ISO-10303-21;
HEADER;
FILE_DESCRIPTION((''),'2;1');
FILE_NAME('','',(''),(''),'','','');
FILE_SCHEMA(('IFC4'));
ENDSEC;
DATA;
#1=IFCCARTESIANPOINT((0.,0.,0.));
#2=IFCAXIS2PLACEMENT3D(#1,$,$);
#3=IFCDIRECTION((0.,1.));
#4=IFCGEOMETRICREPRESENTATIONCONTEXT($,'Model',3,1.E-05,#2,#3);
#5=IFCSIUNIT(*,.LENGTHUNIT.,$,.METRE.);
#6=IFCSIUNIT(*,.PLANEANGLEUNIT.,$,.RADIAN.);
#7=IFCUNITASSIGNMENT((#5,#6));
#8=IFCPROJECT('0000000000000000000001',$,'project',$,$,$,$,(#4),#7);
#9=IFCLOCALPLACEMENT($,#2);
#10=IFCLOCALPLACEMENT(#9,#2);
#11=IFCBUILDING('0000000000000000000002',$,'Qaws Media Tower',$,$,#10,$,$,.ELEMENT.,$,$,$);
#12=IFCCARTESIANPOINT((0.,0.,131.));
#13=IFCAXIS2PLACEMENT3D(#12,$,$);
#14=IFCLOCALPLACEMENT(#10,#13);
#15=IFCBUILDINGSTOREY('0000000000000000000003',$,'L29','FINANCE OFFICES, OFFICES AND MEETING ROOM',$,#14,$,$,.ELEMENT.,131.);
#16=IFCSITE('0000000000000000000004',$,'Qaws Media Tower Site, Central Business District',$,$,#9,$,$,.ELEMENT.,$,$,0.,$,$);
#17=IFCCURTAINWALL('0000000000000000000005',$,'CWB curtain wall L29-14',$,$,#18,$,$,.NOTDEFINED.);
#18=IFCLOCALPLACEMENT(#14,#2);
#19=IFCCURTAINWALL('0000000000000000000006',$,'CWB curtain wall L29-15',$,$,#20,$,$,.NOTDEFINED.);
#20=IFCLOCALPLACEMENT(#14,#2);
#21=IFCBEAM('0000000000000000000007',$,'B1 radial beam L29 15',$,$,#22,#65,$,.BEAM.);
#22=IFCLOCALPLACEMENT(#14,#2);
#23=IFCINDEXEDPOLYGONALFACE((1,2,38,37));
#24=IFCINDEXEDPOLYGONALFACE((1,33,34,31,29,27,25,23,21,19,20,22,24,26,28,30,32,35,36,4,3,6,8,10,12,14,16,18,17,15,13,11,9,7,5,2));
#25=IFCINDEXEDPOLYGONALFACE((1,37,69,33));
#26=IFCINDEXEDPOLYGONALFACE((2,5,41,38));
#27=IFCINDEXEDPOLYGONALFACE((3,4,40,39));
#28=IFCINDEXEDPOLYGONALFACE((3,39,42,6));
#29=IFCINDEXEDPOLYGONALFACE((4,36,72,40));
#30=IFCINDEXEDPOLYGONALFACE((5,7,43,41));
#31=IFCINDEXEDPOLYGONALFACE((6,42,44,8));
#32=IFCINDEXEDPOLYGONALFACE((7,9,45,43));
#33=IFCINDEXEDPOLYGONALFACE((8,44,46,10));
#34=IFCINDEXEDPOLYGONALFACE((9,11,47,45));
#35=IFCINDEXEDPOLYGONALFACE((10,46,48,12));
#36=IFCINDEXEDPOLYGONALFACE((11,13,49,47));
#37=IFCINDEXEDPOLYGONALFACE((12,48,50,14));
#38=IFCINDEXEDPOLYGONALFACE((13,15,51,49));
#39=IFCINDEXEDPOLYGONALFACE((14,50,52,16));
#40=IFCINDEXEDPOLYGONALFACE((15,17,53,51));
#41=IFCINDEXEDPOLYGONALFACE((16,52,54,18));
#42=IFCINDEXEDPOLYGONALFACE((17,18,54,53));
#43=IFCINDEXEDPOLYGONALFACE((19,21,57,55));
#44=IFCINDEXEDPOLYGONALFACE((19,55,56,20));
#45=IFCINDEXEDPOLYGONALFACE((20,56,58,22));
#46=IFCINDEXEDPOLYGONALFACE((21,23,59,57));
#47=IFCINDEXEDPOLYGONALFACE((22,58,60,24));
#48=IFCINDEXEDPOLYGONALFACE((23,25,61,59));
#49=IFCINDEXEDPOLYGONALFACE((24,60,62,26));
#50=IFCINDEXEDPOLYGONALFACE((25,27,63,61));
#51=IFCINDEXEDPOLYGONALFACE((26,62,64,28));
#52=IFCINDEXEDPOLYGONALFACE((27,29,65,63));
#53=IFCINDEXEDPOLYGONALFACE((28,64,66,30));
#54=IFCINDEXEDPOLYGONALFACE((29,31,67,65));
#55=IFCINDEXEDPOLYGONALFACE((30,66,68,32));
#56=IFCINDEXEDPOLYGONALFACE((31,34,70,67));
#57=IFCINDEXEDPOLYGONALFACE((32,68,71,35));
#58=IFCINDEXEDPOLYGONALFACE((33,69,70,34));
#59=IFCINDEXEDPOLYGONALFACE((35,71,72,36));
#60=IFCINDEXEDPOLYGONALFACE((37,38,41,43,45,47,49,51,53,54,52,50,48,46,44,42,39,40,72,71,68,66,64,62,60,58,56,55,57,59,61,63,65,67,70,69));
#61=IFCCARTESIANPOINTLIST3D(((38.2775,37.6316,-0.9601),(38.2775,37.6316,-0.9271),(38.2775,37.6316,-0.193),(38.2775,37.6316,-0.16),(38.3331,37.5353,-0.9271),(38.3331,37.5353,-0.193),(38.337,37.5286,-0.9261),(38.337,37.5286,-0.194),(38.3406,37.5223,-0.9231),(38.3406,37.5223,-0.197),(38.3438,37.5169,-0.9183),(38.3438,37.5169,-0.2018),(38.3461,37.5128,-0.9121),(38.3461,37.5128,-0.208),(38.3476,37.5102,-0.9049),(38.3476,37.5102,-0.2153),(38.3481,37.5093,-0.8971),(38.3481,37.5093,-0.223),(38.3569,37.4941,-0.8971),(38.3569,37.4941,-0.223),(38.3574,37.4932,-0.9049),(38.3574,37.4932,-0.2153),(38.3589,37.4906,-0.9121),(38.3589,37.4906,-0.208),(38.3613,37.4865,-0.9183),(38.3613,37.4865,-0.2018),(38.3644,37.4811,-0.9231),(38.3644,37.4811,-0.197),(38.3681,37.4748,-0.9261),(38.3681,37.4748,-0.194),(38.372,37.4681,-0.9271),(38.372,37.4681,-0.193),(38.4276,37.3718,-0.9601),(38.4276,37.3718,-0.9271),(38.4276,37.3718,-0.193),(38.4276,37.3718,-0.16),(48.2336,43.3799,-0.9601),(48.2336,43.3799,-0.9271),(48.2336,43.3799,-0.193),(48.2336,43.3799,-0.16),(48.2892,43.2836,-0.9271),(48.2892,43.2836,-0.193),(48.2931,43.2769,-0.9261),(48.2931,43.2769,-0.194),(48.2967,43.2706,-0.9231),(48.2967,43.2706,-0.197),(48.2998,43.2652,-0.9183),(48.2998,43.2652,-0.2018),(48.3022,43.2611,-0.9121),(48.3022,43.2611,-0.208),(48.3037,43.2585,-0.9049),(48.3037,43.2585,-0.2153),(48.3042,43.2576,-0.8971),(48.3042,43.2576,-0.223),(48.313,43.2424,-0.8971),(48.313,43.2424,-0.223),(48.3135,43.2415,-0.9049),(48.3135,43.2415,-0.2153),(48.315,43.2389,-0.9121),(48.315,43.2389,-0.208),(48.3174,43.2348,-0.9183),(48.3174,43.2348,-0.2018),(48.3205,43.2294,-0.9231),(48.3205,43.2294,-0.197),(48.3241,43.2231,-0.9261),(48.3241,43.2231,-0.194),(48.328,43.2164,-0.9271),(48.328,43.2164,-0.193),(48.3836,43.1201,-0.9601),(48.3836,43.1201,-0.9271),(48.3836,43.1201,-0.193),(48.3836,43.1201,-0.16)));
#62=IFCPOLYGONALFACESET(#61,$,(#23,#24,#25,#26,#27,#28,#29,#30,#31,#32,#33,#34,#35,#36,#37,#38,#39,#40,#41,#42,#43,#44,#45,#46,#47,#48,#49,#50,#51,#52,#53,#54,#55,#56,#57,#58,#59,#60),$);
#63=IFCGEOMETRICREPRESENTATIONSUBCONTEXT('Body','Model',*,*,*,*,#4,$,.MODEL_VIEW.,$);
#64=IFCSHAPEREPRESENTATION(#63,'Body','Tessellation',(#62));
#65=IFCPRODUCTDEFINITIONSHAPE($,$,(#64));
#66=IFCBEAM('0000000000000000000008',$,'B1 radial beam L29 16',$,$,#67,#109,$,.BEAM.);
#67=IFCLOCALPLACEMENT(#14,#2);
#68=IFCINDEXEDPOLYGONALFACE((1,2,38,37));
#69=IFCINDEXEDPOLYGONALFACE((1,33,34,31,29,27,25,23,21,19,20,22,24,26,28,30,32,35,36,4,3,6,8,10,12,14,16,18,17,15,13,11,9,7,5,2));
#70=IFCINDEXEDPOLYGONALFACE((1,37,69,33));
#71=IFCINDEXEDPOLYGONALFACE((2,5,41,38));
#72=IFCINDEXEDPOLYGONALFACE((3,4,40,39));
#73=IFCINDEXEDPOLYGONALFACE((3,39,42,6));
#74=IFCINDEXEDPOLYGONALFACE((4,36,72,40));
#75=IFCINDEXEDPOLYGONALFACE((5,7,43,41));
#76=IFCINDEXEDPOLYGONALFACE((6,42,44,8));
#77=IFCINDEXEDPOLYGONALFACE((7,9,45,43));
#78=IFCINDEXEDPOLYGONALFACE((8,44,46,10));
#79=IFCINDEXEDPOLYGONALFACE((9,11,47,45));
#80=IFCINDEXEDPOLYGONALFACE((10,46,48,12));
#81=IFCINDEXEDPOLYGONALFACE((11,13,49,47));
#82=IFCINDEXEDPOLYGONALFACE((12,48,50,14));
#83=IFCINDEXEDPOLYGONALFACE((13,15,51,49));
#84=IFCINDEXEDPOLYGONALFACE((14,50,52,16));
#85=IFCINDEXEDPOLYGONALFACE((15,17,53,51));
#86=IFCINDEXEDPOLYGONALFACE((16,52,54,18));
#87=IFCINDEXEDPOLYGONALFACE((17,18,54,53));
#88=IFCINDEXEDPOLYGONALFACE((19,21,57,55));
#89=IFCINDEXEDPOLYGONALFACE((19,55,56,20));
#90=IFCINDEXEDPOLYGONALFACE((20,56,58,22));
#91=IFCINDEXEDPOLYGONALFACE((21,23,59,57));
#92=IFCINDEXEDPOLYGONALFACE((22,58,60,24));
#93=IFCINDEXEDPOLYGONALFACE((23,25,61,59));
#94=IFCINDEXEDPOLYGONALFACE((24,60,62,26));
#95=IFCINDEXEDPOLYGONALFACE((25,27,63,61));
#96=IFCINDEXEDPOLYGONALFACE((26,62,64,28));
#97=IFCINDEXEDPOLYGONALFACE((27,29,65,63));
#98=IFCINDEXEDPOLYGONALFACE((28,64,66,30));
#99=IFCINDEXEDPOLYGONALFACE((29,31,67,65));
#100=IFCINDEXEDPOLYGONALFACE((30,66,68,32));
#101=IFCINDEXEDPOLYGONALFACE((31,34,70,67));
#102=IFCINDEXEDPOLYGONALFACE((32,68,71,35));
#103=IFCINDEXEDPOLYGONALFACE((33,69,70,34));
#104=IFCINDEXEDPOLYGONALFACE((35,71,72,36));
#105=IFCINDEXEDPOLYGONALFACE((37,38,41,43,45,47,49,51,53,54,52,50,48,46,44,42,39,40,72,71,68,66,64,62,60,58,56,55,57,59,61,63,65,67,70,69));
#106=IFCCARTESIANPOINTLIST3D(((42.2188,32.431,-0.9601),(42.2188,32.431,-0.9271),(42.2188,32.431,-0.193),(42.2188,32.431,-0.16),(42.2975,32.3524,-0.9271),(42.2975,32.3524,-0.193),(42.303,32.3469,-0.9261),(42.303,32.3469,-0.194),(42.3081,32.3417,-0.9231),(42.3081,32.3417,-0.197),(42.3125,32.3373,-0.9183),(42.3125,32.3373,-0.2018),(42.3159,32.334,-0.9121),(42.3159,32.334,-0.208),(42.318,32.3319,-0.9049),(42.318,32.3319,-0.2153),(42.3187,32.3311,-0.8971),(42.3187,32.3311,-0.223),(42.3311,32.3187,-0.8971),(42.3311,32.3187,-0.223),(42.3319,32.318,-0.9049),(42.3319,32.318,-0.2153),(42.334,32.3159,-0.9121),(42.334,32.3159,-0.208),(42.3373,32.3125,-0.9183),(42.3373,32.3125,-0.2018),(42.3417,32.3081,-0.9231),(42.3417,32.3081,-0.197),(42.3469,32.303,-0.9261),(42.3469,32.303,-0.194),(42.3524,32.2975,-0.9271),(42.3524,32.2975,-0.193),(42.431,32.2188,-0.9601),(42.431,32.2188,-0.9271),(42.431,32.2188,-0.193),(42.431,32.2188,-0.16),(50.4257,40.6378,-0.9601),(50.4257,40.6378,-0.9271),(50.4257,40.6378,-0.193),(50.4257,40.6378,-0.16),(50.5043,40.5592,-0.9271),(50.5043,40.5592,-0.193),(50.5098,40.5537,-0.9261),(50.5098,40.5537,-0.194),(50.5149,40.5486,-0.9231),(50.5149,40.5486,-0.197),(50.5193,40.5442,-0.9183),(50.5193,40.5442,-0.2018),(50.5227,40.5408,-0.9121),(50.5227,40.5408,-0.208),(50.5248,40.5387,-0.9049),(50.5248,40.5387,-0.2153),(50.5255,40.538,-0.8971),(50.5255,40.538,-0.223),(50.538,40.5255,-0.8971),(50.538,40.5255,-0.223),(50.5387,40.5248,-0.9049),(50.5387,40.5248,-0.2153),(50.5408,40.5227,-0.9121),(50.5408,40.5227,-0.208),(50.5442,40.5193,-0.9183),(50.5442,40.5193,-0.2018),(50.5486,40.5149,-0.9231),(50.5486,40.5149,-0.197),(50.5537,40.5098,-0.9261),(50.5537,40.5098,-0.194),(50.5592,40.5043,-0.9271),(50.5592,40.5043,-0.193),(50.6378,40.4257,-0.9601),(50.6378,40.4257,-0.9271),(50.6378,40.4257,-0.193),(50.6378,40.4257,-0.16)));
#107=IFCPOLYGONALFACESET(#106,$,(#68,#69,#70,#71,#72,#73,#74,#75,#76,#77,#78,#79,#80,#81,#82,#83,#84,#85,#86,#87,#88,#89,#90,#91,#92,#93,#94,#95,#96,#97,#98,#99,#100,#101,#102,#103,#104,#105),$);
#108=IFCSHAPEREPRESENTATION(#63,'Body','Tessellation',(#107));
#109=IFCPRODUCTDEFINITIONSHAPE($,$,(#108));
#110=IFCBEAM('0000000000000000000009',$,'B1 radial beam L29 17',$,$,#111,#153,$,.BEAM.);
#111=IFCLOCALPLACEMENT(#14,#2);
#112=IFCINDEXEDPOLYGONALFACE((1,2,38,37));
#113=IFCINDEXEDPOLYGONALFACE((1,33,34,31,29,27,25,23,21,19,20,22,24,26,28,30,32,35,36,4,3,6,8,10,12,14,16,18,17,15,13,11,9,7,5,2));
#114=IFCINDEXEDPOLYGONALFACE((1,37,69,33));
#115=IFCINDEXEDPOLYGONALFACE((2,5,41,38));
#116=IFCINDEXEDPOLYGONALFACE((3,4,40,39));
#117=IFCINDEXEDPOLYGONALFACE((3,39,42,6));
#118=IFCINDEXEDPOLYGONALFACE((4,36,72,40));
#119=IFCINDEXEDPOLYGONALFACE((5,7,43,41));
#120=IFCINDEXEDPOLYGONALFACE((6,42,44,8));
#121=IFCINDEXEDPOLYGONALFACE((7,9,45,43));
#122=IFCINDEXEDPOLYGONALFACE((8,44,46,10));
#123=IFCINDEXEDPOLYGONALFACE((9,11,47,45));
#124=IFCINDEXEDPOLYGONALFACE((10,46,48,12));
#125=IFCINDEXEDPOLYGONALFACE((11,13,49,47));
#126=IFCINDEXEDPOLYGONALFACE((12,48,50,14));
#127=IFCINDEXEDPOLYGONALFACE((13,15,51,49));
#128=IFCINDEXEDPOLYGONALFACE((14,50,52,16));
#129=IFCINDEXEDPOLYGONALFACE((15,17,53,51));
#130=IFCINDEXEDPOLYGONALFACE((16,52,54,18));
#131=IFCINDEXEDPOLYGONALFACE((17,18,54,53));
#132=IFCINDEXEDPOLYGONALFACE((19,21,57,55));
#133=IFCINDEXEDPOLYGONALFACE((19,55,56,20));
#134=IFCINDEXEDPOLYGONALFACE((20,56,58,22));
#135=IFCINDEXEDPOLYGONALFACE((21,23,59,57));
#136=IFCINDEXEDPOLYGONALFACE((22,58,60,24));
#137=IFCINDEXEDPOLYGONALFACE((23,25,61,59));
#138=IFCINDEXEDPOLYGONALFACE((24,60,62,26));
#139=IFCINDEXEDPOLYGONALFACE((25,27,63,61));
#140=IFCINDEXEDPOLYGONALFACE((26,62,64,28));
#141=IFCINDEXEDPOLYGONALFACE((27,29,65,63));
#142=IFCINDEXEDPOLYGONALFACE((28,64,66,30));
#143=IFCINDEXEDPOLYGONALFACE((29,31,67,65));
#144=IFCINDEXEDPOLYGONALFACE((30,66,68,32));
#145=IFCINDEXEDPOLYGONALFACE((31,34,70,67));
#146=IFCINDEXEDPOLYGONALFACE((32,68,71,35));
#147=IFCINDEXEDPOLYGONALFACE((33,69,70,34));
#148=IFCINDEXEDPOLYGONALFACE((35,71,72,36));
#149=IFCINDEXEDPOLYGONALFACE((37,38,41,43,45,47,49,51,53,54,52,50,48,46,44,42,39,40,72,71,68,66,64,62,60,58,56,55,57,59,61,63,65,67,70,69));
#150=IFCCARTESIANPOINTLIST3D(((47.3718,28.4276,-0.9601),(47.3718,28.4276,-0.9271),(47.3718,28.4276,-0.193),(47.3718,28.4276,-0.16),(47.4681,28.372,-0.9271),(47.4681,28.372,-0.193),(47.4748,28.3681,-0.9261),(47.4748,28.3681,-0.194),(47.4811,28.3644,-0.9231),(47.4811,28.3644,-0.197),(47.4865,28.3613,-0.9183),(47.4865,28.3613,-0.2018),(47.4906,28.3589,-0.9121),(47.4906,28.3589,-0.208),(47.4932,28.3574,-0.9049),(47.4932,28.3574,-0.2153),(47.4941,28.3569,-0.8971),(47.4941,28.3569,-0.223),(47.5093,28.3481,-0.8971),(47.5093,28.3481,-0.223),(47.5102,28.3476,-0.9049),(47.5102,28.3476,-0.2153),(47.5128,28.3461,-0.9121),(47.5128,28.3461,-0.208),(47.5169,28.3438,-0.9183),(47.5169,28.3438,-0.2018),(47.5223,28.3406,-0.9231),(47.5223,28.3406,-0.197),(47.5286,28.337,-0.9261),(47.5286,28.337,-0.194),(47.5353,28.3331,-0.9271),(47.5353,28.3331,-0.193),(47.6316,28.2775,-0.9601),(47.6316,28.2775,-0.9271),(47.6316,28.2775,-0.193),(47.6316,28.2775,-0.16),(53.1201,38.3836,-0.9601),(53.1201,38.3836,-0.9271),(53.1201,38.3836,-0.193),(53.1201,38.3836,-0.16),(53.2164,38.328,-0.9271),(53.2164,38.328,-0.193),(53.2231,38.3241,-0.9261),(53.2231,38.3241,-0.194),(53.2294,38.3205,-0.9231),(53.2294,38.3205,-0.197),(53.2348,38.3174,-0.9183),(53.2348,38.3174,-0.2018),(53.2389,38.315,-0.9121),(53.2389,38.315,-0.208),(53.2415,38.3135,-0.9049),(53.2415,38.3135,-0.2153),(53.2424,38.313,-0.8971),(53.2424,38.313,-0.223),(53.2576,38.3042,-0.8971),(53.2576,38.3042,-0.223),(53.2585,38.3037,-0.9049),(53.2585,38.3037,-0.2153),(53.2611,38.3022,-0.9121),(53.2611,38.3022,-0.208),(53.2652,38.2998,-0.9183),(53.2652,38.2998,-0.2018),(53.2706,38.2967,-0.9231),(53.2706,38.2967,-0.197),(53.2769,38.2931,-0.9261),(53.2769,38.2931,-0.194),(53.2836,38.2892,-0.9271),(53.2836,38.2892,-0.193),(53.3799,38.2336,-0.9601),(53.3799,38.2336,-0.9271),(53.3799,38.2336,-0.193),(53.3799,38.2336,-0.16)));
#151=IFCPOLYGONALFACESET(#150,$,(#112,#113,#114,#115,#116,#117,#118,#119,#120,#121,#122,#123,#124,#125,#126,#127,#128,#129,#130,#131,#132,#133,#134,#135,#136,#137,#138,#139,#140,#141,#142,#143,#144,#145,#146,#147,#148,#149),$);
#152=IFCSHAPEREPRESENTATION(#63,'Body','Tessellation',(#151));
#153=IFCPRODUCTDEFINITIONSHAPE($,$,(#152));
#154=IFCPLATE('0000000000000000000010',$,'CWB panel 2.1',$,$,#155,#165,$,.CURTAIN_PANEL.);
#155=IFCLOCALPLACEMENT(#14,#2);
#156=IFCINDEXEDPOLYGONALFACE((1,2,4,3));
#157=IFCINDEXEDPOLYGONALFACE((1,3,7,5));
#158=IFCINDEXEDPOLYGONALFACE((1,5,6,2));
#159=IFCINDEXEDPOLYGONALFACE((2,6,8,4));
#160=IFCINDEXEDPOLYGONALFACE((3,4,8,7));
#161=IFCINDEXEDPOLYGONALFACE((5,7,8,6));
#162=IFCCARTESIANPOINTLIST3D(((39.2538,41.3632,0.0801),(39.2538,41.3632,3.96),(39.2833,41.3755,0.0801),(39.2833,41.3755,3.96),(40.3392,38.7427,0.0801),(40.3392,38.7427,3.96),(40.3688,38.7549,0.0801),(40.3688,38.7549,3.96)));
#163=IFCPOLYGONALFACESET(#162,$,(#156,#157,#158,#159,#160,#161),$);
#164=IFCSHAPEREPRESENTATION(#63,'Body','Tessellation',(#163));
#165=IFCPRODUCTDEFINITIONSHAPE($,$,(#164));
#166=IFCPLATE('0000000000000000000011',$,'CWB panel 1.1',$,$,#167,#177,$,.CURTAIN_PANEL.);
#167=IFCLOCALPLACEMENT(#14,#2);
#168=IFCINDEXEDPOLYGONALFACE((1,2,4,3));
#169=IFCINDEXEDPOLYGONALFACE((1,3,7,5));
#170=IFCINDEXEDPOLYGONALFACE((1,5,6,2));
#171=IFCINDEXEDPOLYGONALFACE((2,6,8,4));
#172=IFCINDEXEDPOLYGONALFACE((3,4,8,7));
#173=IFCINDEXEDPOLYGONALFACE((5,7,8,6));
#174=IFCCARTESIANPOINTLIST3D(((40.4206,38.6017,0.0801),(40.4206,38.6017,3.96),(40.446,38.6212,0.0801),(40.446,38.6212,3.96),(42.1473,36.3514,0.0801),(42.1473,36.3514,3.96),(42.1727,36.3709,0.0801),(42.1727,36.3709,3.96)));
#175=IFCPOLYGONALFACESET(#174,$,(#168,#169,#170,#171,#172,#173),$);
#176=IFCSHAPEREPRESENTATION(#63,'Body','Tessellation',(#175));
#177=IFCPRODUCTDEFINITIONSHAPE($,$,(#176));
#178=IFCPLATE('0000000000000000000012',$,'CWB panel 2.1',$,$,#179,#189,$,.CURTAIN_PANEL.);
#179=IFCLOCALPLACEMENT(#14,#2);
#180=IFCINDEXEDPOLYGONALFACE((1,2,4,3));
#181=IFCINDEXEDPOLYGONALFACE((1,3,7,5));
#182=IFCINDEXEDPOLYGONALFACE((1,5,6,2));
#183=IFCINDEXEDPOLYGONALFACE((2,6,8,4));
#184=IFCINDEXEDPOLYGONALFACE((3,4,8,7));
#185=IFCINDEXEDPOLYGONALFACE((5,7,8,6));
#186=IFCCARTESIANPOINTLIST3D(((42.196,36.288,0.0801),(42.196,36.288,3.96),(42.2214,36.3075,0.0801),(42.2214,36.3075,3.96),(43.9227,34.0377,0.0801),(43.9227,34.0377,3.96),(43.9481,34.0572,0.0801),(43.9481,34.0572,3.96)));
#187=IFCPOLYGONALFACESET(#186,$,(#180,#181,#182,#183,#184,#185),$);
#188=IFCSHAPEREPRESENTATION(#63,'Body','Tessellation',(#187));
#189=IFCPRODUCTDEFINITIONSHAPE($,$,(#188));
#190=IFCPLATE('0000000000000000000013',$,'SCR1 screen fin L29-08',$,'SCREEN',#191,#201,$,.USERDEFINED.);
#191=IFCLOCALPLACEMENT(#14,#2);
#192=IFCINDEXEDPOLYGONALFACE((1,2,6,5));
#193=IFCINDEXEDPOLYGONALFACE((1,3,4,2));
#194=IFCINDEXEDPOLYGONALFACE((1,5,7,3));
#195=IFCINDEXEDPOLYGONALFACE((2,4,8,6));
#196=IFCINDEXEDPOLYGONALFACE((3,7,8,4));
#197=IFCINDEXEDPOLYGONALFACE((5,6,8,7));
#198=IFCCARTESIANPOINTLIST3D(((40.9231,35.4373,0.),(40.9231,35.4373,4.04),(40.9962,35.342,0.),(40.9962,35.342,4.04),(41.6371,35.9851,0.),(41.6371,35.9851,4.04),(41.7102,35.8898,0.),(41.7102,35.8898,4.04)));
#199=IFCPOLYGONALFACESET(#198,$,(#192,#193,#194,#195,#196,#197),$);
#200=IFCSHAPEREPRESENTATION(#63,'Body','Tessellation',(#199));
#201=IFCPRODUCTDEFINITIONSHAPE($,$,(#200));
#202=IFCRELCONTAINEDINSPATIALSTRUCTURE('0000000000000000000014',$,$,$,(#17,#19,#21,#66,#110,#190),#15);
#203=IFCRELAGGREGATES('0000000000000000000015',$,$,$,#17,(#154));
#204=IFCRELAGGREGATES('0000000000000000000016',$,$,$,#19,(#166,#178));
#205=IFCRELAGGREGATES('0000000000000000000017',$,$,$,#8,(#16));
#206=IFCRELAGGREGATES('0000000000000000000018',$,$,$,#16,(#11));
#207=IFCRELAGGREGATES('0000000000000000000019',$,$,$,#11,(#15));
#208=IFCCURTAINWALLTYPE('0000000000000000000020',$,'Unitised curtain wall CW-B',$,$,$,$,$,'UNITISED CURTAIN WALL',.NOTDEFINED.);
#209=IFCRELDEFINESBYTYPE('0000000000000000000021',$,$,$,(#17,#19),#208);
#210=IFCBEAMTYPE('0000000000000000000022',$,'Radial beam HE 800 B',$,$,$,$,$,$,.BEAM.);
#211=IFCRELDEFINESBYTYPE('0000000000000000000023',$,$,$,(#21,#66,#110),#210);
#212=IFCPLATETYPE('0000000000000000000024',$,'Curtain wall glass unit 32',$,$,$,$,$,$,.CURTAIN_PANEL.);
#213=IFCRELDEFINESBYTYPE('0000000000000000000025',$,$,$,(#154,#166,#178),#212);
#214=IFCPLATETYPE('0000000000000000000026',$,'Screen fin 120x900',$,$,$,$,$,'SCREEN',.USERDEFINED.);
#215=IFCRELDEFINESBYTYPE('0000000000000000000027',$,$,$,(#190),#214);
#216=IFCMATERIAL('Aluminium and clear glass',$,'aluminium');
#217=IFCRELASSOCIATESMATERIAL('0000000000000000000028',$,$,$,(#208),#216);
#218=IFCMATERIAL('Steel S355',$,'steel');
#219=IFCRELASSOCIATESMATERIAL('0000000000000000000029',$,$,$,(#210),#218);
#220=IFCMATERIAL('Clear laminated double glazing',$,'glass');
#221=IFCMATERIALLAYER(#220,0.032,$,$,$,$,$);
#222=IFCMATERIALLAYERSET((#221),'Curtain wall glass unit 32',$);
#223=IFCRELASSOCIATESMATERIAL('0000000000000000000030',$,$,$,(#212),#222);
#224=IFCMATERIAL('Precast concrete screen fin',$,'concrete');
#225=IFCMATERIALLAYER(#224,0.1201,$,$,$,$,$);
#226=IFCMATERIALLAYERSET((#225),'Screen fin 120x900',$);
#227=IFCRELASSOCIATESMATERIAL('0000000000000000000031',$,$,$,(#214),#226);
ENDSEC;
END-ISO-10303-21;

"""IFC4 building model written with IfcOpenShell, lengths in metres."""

from ifc_helpers import new_model, si_unit, direction, frame, origin, origin_2d, place, context, subcontext, project, spatial, rectangle, i_section, extrude, material, layer, layer_set, material_profile, profile_set, type_object, element, aggregate, save


model = new_model("IFC4")

# Units and contexts
model_context = context("Model", 3, precision=1e-05, world=origin(), true_north=direction((0.0, 1.0)))
body_context = subcontext(model_context, "Body", "Model", "MODEL_VIEW")
ifc_project = project(units=[si_unit("LENGTHUNIT", "METRE"), si_unit("PLANEANGLEUNIT", "RADIAN")], contexts=[model_context])

# Site, building, storey
site_placement = place(None, origin())
site = spatial("IfcSite", under=ifc_project, at=site_placement, Name="Qaws Media Tower Site, Central Business District", CompositionType="ELEMENT", RefElevation=0.0)
building_placement = place(site_placement, origin())
building = spatial("IfcBuilding", under=site, at=building_placement, Name="Qaws Media Tower", CompositionType="ELEMENT")
storey_placement = place(building_placement, frame((0.0, 0.0, 131.0)))
storey = spatial("IfcBuildingStorey", under=building, at=storey_placement, Name="L29", Description="FINANCE OFFICES, OFFICES AND MEETING ROOM", CompositionType="ELEMENT", Elevation=131.0)

# Curtain wall
ifc_material_1 = material(Name="Aluminium and clear glass", Category="aluminium")
curtain_wall_type = type_object("IfcCurtainWallType", Name="Unitised curtain wall CW-B", ElementType="UNITISED CURTAIN WALL", PredefinedType="NOTDEFINED", material=ifc_material_1)
curtain_wall_1_placement = place(storey_placement, origin())
curtain_wall_1 = element("IfcCurtainWall", 1, at=curtain_wall_1_placement, inside=storey, type_object=curtain_wall_type, Name="CWB curtain wall L29-14", PredefinedType="NOTDEFINED")

# Curtain wall
curtain_wall_2_placement = place(storey_placement, origin())
curtain_wall_2 = element("IfcCurtainWall", 2, at=curtain_wall_2_placement, inside=storey, type_object=curtain_wall_type, Name="CWB curtain wall L29-15", PredefinedType="NOTDEFINED")

# Beams
ifc_material_2 = material(Name="Steel S355", Category="steel")
ifc_material_profile_1 = material_profile(ifc_material_2, i_section(OverallWidth=0.3, OverallDepth=0.8, WebThickness=0.0176, FlangeThickness=0.033, FilletRadius=0.03, at=origin_2d()), Name="HE 800 B")
ifc_profile_set_1 = profile_set([ifc_material_profile_1], Name="Steel S355")
beam_type_1 = type_object("IfcBeamType", Name="Radial beam HE 800 B", PredefinedType="BEAM", material=ifc_profile_set_1)
beam_1_placement = place(storey_placement, frame((48.3086, 43.25, -0.5601), z_axis=(-0.866019, -0.50001, 0.0), x_axis=(0.50001, -0.866019, 0.0)))
element("IfcBeam", 3, at=beam_1_placement, inside=storey, type_object=beam_type_1, Name="B1 radial beam L29 15", PredefinedType="BEAM", context=body_context, shape_type="SweptSolid", body=[
    extrude(i_section(OverallWidth=0.3, OverallDepth=0.8, WebThickness=0.0176, FlangeThickness=0.033, FilletRadius=0.03, at=origin_2d()), origin(), (0.0, 0.0, 1.0), 11.4963),
])
beam_2_placement = place(storey_placement, frame((50.5317, 40.5317, -0.5601), z_axis=(-0.707107, -0.707107, 0.0), x_axis=(0.707107, -0.707107, 0.0)))
element("IfcBeam", 4, at=beam_2_placement, inside=storey, type_object=beam_type_1, Name="B1 radial beam L29 16", PredefinedType="BEAM", context=body_context, shape_type="SweptSolid", body=[
    extrude(i_section(OverallWidth=0.3, OverallDepth=0.8, WebThickness=0.0176, FlangeThickness=0.033, FilletRadius=0.03, at=origin_2d()), origin(), (0.0, 0.0, 1.0), 11.6062),
])
beam_3_placement = place(storey_placement, frame((53.25, 38.3086, -0.5601), z_axis=(-0.50001, -0.866019, 0.0), x_axis=(0.866019, -0.50001, 0.0)))
element("IfcBeam", 5, at=beam_3_placement, inside=storey, type_object=beam_type_1, Name="B1 radial beam L29 17", PredefinedType="BEAM", context=body_context, shape_type="SweptSolid", body=[
    extrude(i_section(OverallWidth=0.3, OverallDepth=0.8, WebThickness=0.0176, FlangeThickness=0.033, FilletRadius=0.03, at=origin_2d()), origin(), (0.0, 0.0, 1.0), 11.4963),
])

# Plates
ifc_material_3 = material(Name="Clear laminated double glazing", Category="glass")
ifc_layer_1 = layer(ifc_material_3, 0.032)
ifc_layer_set_1 = layer_set([ifc_layer_1], Name="Curtain wall glass unit 32")
plate_type_1 = type_object("IfcPlateType", Name="Curtain wall glass unit 32", PredefinedType="CURTAIN_PANEL", material=ifc_layer_set_1)
plate_1_placement = place(storey_placement, frame((39.8113, 40.0591, 0.0801), z_axis=(0.0, 0.0, 1.0), x_axis=(0.382683, -0.92388, 0.0)))
plate_1 = element("IfcPlate", 6, at=plate_1_placement, type_object=plate_type_1, Name="CWB panel 2.1", PredefinedType="CURTAIN_PANEL", context=body_context, shape_type="SweptSolid", body=[
    extrude(rectangle(XDim=2.8364, YDim=0.032, at=origin_2d()), origin(), (0.0, 0.0, 1.0), 3.8799),
])
aggregate(curtain_wall_1, [plate_1])
plate_2_placement = place(storey_placement, frame((41.2966, 37.4863, 0.0801), z_axis=(0.0, 0.0, 1.0), x_axis=(0.608761, -0.793353, 0.0)))
plate_2 = element("IfcPlate", 7, at=plate_2_placement, type_object=plate_type_1, Name="CWB panel 1.1", PredefinedType="CURTAIN_PANEL", context=body_context, shape_type="SweptSolid", body=[
    extrude(rectangle(XDim=2.8364, YDim=0.032, at=origin_2d()), origin(), (0.0, 0.0, 1.0), 3.8799),
])
plate_3_placement = place(storey_placement, frame((43.072, 35.1726, 0.0801), z_axis=(0.0, 0.0, 1.0), x_axis=(0.608761, -0.793353, 0.0)))
plate_3 = element("IfcPlate", 8, at=plate_3_placement, type_object=plate_type_1, Name="CWB panel 2.1", PredefinedType="CURTAIN_PANEL", context=body_context, shape_type="SweptSolid", body=[
    extrude(rectangle(XDim=2.8364, YDim=0.032, at=origin_2d()), origin(), (0.0, 0.0, 1.0), 3.8799),
])
aggregate(curtain_wall_2, [plate_2, plate_3])
ifc_material_4 = material(Name="Precast concrete screen fin", Category="concrete")
ifc_layer_2 = layer(ifc_material_4, 0.1201)
ifc_layer_set_2 = layer_set([ifc_layer_2], Name="Screen fin 120x900")
plate_type_2 = type_object("IfcPlateType", Name="Screen fin 120x900", ElementType="SCREEN", PredefinedType="USERDEFINED", material=ifc_layer_set_2)
plate_4_placement = place(storey_placement, frame((41.3167, 35.6636, 0.0), z_axis=(0.0, 0.0, 1.0), x_axis=(-0.793353, -0.608761, 0.0)))
element("IfcPlate", 9, at=plate_4_placement, inside=storey, type_object=plate_type_2, Name="SCR1 screen fin L29-08", ObjectType="SCREEN", PredefinedType="USERDEFINED", context=body_context, shape_type="SweptSolid", body=[
    extrude(rectangle(XDim=0.8999, YDim=0.1201, at=origin_2d()), origin(), (0.0, 0.0, 1.0), 4.04),
])

save(model, "model.ifc")
